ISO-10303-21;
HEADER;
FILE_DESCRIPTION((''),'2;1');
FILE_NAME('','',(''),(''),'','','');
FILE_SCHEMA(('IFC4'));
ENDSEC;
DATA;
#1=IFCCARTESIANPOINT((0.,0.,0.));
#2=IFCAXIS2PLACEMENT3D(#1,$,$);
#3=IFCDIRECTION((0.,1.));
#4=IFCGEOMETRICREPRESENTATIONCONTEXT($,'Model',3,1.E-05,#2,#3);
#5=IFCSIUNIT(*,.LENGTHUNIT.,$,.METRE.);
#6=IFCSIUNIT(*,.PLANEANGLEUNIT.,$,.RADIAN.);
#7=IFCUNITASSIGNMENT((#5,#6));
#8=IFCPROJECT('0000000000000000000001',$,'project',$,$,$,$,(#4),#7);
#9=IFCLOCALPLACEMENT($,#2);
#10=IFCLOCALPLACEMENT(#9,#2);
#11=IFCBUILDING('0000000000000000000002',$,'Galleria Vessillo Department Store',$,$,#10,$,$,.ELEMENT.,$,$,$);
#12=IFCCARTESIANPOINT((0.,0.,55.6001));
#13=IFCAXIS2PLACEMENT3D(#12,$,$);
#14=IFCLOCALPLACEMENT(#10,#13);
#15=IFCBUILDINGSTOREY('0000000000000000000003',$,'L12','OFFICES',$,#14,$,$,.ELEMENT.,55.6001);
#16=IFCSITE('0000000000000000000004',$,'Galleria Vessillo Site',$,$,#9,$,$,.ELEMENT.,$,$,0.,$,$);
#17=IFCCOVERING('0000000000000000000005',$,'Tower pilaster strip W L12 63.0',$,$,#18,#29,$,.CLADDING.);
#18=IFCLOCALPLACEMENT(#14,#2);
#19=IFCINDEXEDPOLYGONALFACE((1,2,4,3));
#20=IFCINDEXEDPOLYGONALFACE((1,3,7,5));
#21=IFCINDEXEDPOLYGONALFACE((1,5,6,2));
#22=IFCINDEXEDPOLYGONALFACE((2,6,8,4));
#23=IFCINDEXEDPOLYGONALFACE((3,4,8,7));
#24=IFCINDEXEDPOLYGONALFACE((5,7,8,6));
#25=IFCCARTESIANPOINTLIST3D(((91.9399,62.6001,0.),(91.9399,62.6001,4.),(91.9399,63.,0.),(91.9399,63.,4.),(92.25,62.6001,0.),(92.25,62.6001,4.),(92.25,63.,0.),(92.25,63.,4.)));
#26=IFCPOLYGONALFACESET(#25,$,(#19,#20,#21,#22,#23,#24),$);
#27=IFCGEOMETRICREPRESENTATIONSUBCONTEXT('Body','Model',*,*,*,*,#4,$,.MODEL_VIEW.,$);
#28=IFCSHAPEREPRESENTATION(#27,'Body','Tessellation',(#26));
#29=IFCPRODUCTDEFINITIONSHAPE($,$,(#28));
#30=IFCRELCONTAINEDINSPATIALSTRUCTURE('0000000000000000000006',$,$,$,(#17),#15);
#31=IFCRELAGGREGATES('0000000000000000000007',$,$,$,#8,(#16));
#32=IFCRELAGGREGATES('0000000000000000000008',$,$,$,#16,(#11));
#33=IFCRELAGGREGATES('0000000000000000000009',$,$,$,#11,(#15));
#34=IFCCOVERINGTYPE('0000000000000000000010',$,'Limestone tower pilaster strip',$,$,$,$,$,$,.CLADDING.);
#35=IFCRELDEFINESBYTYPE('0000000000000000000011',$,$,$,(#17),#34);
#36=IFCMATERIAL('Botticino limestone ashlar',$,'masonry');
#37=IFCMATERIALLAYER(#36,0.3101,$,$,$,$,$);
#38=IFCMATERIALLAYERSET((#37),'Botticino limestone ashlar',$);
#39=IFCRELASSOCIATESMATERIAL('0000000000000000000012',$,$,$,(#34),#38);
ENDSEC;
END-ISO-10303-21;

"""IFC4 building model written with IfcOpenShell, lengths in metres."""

from ifc_helpers import new_model, si_unit, direction, frame, origin, origin_2d, place, context, subcontext, project, spatial, rectangle, extrude, material, layer, layer_set, type_object, element, save


model = new_model("IFC4")

# Units and contexts
model_context = context("Model", 3, precision=1e-05, world=origin(), true_north=direction((0.0, 1.0)))
body_context = subcontext(model_context, "Body", "Model", "MODEL_VIEW")
ifc_project = project(units=[si_unit("LENGTHUNIT", "METRE"), si_unit("PLANEANGLEUNIT", "RADIAN")], contexts=[model_context])

# Site, building, storey
site_placement = place(None, origin())
site = spatial("IfcSite", under=ifc_project, at=site_placement, Name="Galleria Vessillo Site", CompositionType="ELEMENT", RefElevation=0.0)
building_placement = place(site_placement, origin())
building = spatial("IfcBuilding", under=site, at=building_placement, Name="Galleria Vessillo Department Store", CompositionType="ELEMENT")
storey_placement = place(building_placement, frame((0.0, 0.0, 55.6001)))
storey = spatial("IfcBuildingStorey", under=building, at=storey_placement, Name="L12", Description="OFFICES", CompositionType="ELEMENT", Elevation=55.6001)

# Covering
ifc_material_1 = material(Name="Botticino limestone ashlar", Category="masonry")
ifc_layer_1 = layer(ifc_material_1, 0.3101)
ifc_layer_set_1 = layer_set([ifc_layer_1], Name="Botticino limestone ashlar")
covering_type_1 = type_object("IfcCoveringType", Name="Limestone tower pilaster strip", PredefinedType="CLADDING", material=ifc_layer_set_1)
covering_1_placement = place(storey_placement, frame((92.095, 62.8, 0.0), z_axis=(0.0, 0.0, 1.0), x_axis=(1.0, 0.0, 0.0)))
element("IfcCovering", 1, at=covering_1_placement, inside=storey, type_object=covering_type_1, Name="Tower pilaster strip W L12 63.0", PredefinedType="CLADDING", context=body_context, shape_type="SweptSolid", body=[
    extrude(rectangle(XDim=0.3101, YDim=0.3999, at=origin_2d()), origin(), (0.0, 0.0, 1.0), 4.0),
])

save(model, "model.ifc")
